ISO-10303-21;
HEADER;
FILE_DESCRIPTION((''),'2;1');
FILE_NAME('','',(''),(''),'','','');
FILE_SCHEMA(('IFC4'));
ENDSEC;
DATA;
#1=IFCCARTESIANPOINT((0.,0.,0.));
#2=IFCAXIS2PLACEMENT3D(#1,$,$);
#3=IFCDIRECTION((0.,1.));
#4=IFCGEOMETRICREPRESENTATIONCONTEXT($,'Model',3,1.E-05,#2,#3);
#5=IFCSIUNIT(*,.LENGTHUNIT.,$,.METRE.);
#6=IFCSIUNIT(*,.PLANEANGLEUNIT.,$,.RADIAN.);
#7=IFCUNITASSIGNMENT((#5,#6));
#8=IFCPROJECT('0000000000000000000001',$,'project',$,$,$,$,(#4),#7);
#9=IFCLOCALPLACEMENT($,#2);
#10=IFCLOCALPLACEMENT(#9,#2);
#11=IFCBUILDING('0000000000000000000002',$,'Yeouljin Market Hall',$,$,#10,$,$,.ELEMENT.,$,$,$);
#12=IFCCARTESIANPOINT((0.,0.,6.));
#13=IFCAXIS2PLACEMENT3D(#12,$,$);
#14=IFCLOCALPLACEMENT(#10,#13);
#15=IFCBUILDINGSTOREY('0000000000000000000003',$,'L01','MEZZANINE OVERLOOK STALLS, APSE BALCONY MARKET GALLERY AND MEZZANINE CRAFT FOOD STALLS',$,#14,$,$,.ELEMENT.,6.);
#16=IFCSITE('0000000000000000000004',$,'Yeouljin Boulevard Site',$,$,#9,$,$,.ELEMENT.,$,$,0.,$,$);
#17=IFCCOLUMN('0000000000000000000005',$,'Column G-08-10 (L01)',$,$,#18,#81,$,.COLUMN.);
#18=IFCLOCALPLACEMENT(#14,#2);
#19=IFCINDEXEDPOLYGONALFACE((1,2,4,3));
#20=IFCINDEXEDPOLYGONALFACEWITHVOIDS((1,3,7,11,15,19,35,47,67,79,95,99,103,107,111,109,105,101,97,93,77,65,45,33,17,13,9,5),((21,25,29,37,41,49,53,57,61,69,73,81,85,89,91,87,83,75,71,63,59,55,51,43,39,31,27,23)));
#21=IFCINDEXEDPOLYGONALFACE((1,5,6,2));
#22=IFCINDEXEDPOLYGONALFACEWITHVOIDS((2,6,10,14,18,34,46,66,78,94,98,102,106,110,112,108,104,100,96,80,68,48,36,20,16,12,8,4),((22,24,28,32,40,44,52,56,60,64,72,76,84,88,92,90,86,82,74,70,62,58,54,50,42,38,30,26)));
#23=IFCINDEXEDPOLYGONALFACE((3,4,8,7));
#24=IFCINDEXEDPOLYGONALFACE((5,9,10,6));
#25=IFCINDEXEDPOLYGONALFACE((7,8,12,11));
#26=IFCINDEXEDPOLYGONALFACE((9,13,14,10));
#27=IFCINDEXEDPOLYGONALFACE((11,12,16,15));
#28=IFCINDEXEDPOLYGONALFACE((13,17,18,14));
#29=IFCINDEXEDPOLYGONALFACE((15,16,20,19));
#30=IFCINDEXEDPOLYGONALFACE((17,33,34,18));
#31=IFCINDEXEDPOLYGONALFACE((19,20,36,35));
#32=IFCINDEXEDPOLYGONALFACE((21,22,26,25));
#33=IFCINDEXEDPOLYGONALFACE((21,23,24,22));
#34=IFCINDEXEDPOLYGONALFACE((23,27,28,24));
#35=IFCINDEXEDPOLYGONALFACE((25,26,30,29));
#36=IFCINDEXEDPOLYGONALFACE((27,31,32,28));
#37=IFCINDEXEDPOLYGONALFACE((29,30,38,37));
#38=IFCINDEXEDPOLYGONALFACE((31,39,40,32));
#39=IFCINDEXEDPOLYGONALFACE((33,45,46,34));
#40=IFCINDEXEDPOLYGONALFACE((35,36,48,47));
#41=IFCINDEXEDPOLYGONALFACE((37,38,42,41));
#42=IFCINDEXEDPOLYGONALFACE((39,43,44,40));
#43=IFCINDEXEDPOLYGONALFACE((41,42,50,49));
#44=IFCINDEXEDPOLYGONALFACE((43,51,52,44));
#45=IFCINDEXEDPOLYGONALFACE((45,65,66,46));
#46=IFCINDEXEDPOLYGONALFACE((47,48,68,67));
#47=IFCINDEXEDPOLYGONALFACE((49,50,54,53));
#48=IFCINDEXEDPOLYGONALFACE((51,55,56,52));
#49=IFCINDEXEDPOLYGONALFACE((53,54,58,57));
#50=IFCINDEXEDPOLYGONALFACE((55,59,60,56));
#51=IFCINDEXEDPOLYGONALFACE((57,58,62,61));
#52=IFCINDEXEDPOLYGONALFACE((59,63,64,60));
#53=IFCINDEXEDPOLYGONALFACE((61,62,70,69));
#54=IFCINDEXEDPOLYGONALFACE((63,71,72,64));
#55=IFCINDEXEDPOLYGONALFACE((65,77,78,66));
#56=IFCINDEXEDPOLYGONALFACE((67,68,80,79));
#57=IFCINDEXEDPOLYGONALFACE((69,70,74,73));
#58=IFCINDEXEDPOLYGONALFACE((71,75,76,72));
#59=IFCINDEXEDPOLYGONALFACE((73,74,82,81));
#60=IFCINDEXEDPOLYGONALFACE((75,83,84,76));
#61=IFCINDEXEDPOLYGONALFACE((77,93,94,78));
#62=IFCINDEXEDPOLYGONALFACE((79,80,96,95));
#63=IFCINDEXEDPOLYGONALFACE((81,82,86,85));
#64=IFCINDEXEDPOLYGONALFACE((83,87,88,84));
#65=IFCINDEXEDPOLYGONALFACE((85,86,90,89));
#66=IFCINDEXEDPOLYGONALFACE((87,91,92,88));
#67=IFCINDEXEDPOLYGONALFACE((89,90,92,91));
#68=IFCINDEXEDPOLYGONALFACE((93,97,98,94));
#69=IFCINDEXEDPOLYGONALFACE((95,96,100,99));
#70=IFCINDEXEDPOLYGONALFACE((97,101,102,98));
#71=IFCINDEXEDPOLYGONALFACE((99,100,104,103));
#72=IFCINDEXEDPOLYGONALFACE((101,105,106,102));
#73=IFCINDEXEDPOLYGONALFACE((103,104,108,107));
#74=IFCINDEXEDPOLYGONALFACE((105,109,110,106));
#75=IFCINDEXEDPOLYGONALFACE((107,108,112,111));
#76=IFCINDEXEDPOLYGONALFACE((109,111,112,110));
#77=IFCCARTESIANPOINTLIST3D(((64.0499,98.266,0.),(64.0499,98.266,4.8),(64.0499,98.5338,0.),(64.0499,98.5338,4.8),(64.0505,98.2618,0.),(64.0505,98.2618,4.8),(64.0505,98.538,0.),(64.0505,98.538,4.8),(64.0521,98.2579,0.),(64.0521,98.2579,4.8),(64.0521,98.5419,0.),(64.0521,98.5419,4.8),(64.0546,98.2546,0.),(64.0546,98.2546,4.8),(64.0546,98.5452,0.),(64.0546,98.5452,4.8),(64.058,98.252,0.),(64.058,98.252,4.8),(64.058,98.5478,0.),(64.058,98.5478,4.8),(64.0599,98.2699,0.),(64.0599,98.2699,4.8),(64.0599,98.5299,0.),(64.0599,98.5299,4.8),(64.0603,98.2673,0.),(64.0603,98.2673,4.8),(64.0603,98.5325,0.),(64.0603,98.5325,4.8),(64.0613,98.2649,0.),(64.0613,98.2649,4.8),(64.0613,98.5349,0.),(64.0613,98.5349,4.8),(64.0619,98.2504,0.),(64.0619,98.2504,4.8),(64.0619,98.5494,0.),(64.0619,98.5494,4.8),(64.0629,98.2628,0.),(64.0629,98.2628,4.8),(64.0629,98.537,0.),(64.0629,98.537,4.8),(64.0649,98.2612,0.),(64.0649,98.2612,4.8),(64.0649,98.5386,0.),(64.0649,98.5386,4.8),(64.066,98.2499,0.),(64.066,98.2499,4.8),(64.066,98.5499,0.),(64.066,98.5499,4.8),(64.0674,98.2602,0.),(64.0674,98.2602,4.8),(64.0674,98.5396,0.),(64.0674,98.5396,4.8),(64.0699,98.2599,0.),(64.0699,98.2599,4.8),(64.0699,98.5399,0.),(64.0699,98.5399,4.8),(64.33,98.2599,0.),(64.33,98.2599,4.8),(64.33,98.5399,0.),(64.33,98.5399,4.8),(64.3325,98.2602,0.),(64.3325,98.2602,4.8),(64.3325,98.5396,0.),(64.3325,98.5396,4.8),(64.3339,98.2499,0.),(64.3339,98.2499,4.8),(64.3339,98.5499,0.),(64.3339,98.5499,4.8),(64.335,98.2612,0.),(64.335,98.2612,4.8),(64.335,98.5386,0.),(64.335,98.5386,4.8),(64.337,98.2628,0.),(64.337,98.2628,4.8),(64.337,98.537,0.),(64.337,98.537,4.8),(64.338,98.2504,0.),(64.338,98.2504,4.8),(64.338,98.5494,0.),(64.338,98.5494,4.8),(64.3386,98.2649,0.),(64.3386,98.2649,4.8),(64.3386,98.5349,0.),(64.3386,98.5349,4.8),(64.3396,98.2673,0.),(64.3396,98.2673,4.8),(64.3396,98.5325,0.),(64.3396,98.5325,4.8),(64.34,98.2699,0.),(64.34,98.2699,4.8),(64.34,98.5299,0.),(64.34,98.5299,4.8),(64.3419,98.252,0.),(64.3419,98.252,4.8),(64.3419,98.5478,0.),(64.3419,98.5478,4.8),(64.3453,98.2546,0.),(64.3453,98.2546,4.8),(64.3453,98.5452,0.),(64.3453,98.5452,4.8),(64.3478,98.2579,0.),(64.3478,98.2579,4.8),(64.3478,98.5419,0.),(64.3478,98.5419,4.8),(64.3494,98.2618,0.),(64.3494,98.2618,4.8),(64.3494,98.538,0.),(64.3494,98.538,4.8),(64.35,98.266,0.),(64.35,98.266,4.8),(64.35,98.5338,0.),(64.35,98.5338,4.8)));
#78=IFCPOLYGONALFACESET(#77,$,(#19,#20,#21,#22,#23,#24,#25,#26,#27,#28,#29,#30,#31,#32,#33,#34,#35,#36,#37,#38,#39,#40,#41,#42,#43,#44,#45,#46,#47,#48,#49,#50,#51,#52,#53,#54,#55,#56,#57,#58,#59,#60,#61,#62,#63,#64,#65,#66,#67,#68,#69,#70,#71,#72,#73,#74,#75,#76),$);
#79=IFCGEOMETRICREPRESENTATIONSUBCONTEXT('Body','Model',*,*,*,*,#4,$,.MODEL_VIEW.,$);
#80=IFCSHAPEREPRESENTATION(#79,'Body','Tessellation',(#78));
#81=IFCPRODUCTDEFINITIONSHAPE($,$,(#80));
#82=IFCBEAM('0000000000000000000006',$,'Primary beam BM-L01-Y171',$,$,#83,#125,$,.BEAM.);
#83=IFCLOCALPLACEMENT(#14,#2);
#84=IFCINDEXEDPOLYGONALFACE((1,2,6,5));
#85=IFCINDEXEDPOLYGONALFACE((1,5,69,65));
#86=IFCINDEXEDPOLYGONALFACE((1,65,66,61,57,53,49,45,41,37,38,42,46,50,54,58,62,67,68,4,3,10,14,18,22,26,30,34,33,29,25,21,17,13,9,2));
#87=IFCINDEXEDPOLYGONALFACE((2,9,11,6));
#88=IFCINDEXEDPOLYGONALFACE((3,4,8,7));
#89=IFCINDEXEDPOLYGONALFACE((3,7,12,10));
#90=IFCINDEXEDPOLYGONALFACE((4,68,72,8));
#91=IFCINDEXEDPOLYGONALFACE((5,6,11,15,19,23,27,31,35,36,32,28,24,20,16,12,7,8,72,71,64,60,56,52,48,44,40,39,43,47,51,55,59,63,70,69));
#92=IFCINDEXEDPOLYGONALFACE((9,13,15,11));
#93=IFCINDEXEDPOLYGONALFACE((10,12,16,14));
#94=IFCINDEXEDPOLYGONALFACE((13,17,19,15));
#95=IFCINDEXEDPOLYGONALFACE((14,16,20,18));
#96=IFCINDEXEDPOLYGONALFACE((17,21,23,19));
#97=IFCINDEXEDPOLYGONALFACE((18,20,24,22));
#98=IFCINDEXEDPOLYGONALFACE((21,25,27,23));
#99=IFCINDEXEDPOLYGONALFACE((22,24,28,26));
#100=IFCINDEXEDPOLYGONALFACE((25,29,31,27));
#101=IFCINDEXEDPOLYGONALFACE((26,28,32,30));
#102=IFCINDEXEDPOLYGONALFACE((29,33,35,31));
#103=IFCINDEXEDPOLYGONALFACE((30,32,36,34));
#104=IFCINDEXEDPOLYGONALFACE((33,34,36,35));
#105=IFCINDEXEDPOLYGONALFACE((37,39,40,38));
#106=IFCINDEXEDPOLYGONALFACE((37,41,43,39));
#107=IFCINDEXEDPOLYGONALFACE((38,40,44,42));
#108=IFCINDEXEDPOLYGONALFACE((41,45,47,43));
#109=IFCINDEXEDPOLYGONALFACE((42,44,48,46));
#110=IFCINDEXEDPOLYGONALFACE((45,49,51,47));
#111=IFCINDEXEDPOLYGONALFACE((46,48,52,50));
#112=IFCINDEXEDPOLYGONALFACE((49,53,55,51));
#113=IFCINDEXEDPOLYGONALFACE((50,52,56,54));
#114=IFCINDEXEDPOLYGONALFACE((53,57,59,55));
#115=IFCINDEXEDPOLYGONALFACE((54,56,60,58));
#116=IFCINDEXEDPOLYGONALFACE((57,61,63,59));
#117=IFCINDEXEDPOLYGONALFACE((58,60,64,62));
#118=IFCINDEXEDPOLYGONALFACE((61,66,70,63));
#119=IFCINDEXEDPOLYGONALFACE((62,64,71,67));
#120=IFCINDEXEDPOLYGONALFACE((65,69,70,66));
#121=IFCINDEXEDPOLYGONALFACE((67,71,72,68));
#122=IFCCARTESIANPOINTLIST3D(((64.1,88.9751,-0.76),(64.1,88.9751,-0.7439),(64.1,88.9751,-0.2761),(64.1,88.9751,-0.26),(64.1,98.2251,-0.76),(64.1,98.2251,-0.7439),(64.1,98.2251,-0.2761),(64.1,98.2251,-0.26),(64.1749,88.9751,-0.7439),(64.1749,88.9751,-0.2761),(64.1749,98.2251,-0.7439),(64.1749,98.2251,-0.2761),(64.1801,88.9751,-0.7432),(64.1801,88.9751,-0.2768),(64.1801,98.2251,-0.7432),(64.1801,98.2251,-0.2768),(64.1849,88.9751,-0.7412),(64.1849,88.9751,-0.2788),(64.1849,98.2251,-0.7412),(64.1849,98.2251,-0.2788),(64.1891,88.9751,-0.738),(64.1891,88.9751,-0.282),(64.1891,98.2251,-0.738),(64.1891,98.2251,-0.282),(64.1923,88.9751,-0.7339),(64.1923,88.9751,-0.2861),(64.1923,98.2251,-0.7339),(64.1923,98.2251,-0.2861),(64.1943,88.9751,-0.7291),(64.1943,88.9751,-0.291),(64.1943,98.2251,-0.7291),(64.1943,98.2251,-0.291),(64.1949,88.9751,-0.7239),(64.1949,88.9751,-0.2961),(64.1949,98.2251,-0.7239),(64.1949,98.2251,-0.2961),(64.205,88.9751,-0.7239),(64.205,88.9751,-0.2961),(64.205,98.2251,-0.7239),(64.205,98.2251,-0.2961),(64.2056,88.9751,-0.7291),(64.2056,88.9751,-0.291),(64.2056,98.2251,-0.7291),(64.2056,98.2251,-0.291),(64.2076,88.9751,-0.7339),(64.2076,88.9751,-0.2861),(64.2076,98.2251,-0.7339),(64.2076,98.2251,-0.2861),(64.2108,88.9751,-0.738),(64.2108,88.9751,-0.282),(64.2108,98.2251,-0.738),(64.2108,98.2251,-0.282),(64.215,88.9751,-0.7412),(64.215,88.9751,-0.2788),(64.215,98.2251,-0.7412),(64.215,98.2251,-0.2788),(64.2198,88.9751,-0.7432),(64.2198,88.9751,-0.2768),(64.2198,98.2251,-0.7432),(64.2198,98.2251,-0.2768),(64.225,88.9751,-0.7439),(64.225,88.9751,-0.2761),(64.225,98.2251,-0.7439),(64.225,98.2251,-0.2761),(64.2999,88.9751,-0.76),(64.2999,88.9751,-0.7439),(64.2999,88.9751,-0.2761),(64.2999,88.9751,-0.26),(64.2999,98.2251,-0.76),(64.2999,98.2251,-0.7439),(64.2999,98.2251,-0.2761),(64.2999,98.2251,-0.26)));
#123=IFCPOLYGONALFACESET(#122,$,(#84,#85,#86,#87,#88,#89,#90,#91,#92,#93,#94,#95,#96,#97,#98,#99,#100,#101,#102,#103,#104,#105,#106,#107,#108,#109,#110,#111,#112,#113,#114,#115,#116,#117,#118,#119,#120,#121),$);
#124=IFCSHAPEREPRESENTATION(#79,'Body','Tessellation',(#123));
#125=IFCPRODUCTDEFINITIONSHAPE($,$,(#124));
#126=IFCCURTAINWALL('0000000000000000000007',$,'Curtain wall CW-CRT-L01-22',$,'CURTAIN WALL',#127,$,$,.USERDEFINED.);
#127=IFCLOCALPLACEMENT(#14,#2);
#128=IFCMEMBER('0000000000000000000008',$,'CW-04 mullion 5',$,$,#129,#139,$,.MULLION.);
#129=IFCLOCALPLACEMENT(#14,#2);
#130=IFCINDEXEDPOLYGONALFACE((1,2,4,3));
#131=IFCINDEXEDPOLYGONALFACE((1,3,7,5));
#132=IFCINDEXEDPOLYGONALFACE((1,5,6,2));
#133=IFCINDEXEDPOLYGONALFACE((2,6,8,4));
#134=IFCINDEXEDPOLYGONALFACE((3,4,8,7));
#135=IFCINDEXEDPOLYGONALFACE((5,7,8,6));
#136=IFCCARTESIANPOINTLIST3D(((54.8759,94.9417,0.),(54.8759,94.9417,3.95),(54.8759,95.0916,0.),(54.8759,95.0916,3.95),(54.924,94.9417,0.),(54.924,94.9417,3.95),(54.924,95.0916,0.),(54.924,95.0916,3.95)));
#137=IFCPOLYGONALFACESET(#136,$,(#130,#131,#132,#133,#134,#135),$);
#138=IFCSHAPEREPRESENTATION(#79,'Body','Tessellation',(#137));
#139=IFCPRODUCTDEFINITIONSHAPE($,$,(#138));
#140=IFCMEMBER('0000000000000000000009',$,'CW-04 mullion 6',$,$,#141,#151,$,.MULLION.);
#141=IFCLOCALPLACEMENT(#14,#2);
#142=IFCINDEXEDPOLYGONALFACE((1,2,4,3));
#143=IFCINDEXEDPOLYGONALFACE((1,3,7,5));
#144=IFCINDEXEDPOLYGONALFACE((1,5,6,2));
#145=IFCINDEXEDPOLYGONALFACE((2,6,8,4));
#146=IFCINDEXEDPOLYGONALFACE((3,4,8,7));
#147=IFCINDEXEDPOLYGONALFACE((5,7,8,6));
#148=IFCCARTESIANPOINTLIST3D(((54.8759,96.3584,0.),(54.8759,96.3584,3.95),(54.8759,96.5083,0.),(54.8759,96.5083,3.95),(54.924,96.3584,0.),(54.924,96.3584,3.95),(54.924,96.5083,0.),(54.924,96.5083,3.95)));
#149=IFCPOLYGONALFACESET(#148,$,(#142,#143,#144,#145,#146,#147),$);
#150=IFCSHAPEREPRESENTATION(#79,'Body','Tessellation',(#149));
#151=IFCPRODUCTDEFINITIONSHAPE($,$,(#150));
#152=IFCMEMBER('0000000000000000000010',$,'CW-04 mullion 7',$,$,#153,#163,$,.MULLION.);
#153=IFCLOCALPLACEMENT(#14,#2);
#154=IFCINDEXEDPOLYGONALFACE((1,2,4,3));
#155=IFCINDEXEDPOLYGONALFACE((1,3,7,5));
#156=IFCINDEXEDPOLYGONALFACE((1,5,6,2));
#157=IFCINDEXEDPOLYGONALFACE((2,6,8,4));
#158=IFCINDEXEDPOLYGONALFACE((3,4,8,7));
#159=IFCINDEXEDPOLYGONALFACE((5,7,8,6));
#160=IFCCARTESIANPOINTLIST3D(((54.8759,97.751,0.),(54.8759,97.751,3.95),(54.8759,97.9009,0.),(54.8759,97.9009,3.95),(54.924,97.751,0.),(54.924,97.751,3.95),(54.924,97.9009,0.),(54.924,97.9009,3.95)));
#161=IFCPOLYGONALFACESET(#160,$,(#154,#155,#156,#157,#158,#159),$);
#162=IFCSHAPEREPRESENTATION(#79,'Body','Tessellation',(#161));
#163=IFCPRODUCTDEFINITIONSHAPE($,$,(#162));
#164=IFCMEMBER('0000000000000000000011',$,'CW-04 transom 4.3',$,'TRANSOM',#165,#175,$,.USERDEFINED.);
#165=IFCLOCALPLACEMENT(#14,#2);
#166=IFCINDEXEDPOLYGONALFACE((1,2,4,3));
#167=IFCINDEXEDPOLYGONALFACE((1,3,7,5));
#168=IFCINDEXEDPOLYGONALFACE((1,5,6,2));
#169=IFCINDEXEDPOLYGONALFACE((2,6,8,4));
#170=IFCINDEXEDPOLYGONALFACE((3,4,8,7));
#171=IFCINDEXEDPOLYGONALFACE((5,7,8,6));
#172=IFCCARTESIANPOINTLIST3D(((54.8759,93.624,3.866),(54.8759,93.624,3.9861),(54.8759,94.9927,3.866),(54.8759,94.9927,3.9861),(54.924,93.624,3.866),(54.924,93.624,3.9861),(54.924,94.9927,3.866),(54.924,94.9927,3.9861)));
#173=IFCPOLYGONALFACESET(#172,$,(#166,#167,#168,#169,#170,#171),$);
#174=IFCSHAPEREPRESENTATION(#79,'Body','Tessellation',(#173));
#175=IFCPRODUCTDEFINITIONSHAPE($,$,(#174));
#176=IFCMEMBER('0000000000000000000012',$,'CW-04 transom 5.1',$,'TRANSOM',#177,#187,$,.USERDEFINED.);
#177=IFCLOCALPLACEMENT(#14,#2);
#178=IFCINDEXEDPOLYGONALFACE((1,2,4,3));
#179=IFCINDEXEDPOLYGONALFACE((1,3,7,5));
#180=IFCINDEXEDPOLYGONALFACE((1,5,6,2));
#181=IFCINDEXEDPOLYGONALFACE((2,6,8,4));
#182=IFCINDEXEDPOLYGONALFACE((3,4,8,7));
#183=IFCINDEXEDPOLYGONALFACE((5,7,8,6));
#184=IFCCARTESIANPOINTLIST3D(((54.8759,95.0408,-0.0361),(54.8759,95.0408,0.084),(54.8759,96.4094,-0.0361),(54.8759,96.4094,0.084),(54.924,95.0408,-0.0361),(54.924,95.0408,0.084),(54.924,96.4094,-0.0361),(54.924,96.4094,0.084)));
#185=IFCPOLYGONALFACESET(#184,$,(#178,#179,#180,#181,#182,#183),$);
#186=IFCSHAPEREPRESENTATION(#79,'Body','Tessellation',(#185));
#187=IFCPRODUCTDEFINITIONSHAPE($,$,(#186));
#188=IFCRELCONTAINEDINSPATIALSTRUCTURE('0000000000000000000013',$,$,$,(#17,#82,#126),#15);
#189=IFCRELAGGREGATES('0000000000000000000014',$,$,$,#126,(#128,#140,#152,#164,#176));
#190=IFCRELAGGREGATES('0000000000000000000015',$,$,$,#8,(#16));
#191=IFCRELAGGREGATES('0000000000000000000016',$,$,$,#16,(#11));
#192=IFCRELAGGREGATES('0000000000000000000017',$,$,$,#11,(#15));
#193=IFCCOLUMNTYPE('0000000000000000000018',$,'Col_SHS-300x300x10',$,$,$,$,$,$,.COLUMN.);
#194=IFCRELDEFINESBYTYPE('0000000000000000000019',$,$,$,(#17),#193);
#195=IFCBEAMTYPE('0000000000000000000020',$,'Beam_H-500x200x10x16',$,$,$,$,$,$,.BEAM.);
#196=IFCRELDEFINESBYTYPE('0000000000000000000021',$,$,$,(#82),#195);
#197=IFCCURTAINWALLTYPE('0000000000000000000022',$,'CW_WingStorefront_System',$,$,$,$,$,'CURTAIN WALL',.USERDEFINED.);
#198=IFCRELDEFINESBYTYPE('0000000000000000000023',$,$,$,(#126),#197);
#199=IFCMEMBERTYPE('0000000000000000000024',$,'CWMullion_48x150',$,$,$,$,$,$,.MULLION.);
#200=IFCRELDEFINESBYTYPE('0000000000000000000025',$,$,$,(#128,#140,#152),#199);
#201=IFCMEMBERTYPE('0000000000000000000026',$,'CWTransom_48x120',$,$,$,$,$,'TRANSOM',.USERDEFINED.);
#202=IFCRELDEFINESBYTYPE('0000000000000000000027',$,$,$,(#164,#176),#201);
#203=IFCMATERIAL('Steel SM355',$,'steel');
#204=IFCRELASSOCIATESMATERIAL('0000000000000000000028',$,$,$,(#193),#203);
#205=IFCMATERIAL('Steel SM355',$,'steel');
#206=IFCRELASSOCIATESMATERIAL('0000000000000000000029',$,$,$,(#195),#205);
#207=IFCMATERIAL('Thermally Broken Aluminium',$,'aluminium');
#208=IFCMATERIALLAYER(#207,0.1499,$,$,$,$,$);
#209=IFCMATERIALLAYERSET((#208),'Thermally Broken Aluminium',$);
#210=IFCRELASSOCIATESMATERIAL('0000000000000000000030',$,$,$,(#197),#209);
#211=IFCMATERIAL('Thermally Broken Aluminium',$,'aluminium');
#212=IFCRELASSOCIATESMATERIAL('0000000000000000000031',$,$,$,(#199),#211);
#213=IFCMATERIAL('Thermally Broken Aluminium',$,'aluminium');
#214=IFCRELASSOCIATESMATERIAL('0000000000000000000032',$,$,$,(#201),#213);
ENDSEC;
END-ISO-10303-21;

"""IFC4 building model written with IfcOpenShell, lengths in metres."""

from ifc_helpers import new_model, si_unit, direction, frame, origin, origin_2d, place, context, subcontext, project, spatial, rectangle, hollow_rectangle, i_section, extrude, material, layer, layer_set, material_profile, profile_set, type_object, element, aggregate, save


model = new_model("IFC4")

# Units and contexts
model_context = context("Model", 3, precision=1e-05, world=origin(), true_north=direction((0.0, 1.0)))
body_context = subcontext(model_context, "Body", "Model", "MODEL_VIEW")
ifc_project = project(units=[si_unit("LENGTHUNIT", "METRE"), si_unit("PLANEANGLEUNIT", "RADIAN")], contexts=[model_context])

# Site, building, storey
site_placement = place(None, origin())
site = spatial("IfcSite", under=ifc_project, at=site_placement, Name="Yeouljin Boulevard Site", CompositionType="ELEMENT", RefElevation=0.0)
building_placement = place(site_placement, origin())
building = spatial("IfcBuilding", under=site, at=building_placement, Name="Yeouljin Market Hall", CompositionType="ELEMENT")
storey_placement = place(building_placement, frame((0.0, 0.0, 6.0)))
storey = spatial("IfcBuildingStorey", under=building, at=storey_placement, Name="L01", Description="MEZZANINE OVERLOOK STALLS, APSE BALCONY MARKET GALLERY AND MEZZANINE CRAFT FOOD STALLS", CompositionType="ELEMENT", Elevation=6.0)

# Column
ifc_material_1 = material(Name="Steel SM355", Category="steel")
ifc_material_profile_1 = material_profile(ifc_material_1, hollow_rectangle(XDim=0.3, YDim=0.3, WallThickness=0.01, InnerFilletRadius=0.01, OuterFilletRadius=0.0161, at=origin_2d()), Name="SHS-300x300x10")
ifc_profile_set_1 = profile_set([ifc_material_profile_1], Name="Steel SM355")
column_type = type_object("IfcColumnType", Name="Col_SHS-300x300x10", PredefinedType="COLUMN", material=ifc_profile_set_1)
column_placement = place(storey_placement, frame((64.2, 98.3999, 0.0), z_axis=(0.0, 0.0, 1.0), x_axis=(1.0, 0.0, 0.0)))
element("IfcColumn", 1, at=column_placement, inside=storey, type_object=column_type, Name="Column G-08-10 (L01)", PredefinedType="COLUMN", context=body_context, shape_type="SweptSolid", body=[
    extrude(hollow_rectangle(XDim=0.3, YDim=0.3, WallThickness=0.01, InnerFilletRadius=0.01, OuterFilletRadius=0.0161, at=origin_2d()), origin(), (0.0, 0.0, 1.0), 4.8),
])

# Beam
ifc_material_2 = material(Name="Steel SM355", Category="steel")
ifc_material_profile_2 = material_profile(ifc_material_2, i_section(OverallWidth=0.2, OverallDepth=0.5, WebThickness=0.01, FlangeThickness=0.0161, FilletRadius=0.02, at=origin_2d()), Name="H-500x200x10x16")
ifc_profile_set_2 = profile_set([ifc_material_profile_2], Name="Steel SM355")
beam_type_1 = type_object("IfcBeamType", Name="Beam_H-500x200x10x16", PredefinedType="BEAM", material=ifc_profile_set_2)
beam_1_placement = place(storey_placement, frame((64.2, 88.9751, -0.51), z_axis=(0.0, 1.0, 0.0), x_axis=(-1.0, 0.0, 0.0)))
element("IfcBeam", 2, at=beam_1_placement, inside=storey, type_object=beam_type_1, Name="Primary beam BM-L01-Y171", PredefinedType="BEAM", context=body_context, shape_type="SweptSolid", body=[
    extrude(i_section(OverallWidth=0.2, OverallDepth=0.5, WebThickness=0.01, FlangeThickness=0.0161, FilletRadius=0.02, at=origin_2d()), origin(), (0.0, 0.0, 1.0), 9.25),
])

# Curtain wall, members
ifc_material_3 = material(Name="Thermally Broken Aluminium", Category="aluminium")
ifc_layer_1 = layer(ifc_material_3, 0.1499)
ifc_layer_set_1 = layer_set([ifc_layer_1], Name="Thermally Broken Aluminium")
curtain_wall_type = type_object("IfcCurtainWallType", Name="CW_WingStorefront_System", ElementType="CURTAIN WALL", PredefinedType="USERDEFINED", material=ifc_layer_set_1)
curtain_wall_placement = place(storey_placement, origin())
curtain_wall = element("IfcCurtainWall", 3, at=curtain_wall_placement, inside=storey, type_object=curtain_wall_type, Name="Curtain wall CW-CRT-L01-22", ObjectType="CURTAIN WALL", PredefinedType="USERDEFINED")
ifc_material_4 = material(Name="Thermally Broken Aluminium", Category="aluminium")
ifc_material_profile_3 = material_profile(ifc_material_4, rectangle(XDim=0.0481, YDim=0.1499, at=origin_2d()), Name="CW-MULL-48x150")
ifc_profile_set_3 = profile_set([ifc_material_profile_3], Name="Thermally Broken Aluminium")
member_type_1 = type_object("IfcMemberType", Name="CWMullion_48x150", PredefinedType="MULLION", material=ifc_profile_set_3)
member_1_placement = place(storey_placement, frame((54.8999, 95.0166, 0.0), z_axis=(0.0, 0.0, 1.0), x_axis=(-1.0, 0.0, 0.0)))
member_1 = element("IfcMember", 4, at=member_1_placement, type_object=member_type_1, Name="CW-04 mullion 5", PredefinedType="MULLION", context=body_context, shape_type="SweptSolid", body=[
    extrude(rectangle(XDim=0.0481, YDim=0.1499, at=origin_2d()), origin(), (0.0, 0.0, 1.0), 3.95),
])
member_2_placement = place(storey_placement, frame((54.8999, 96.4333, 0.0), z_axis=(0.0, 0.0, 1.0), x_axis=(-1.0, 0.0, 0.0)))
member_2 = element("IfcMember", 5, at=member_2_placement, type_object=member_type_1, Name="CW-04 mullion 6", PredefinedType="MULLION", context=body_context, shape_type="SweptSolid", body=[
    extrude(rectangle(XDim=0.0481, YDim=0.1499, at=origin_2d()), origin(), (0.0, 0.0, 1.0), 3.95),
])
member_3_placement = place(storey_placement, frame((54.8999, 97.8259, 0.0), z_axis=(0.0, 0.0, 1.0), x_axis=(-1.0, 0.0, 0.0)))
member_3 = element("IfcMember", 6, at=member_3_placement, type_object=member_type_1, Name="CW-04 mullion 7", PredefinedType="MULLION", context=body_context, shape_type="SweptSolid", body=[
    extrude(rectangle(XDim=0.0481, YDim=0.1499, at=origin_2d()), origin(), (0.0, 0.0, 1.0), 3.95),
])
ifc_material_5 = material(Name="Thermally Broken Aluminium", Category="aluminium")
ifc_material_profile_4 = material_profile(ifc_material_5, rectangle(XDim=0.0481, YDim=0.1201, at=origin_2d()), Name="CW-TRAN-48x120")
ifc_profile_set_4 = profile_set([ifc_material_profile_4], Name="Thermally Broken Aluminium")
member_type_2 = type_object("IfcMemberType", Name="CWTransom_48x120", ElementType="TRANSOM", PredefinedType="USERDEFINED", material=ifc_profile_set_4)
member_4_placement = place(storey_placement, frame((54.8999, 93.624, 3.926), z_axis=(0.0, 1.0, 0.0), x_axis=(-1.0, 0.0, 0.0)))
member_4 = element("IfcMember", 7, at=member_4_placement, type_object=member_type_2, Name="CW-04 transom 4.3", ObjectType="TRANSOM", PredefinedType="USERDEFINED", context=body_context, shape_type="SweptSolid", body=[
    extrude(rectangle(XDim=0.0481, YDim=0.1201, at=origin_2d()), origin(), (0.0, 0.0, 1.0), 1.3687),
])
member_5_placement = place(storey_placement, frame((54.8999, 95.0408, 0.0239), z_axis=(0.0, 1.0, 0.0), x_axis=(-1.0, 0.0, 0.0)))
member_5 = element("IfcMember", 8, at=member_5_placement, type_object=member_type_2, Name="CW-04 transom 5.1", ObjectType="TRANSOM", PredefinedType="USERDEFINED", context=body_context, shape_type="SweptSolid", body=[
    extrude(rectangle(XDim=0.0481, YDim=0.1201, at=origin_2d()), origin(), (0.0, 0.0, 1.0), 1.3687),
])

aggregate(curtain_wall, [member_1, member_2, member_3, member_4, member_5])

save(model, "model.ifc")
